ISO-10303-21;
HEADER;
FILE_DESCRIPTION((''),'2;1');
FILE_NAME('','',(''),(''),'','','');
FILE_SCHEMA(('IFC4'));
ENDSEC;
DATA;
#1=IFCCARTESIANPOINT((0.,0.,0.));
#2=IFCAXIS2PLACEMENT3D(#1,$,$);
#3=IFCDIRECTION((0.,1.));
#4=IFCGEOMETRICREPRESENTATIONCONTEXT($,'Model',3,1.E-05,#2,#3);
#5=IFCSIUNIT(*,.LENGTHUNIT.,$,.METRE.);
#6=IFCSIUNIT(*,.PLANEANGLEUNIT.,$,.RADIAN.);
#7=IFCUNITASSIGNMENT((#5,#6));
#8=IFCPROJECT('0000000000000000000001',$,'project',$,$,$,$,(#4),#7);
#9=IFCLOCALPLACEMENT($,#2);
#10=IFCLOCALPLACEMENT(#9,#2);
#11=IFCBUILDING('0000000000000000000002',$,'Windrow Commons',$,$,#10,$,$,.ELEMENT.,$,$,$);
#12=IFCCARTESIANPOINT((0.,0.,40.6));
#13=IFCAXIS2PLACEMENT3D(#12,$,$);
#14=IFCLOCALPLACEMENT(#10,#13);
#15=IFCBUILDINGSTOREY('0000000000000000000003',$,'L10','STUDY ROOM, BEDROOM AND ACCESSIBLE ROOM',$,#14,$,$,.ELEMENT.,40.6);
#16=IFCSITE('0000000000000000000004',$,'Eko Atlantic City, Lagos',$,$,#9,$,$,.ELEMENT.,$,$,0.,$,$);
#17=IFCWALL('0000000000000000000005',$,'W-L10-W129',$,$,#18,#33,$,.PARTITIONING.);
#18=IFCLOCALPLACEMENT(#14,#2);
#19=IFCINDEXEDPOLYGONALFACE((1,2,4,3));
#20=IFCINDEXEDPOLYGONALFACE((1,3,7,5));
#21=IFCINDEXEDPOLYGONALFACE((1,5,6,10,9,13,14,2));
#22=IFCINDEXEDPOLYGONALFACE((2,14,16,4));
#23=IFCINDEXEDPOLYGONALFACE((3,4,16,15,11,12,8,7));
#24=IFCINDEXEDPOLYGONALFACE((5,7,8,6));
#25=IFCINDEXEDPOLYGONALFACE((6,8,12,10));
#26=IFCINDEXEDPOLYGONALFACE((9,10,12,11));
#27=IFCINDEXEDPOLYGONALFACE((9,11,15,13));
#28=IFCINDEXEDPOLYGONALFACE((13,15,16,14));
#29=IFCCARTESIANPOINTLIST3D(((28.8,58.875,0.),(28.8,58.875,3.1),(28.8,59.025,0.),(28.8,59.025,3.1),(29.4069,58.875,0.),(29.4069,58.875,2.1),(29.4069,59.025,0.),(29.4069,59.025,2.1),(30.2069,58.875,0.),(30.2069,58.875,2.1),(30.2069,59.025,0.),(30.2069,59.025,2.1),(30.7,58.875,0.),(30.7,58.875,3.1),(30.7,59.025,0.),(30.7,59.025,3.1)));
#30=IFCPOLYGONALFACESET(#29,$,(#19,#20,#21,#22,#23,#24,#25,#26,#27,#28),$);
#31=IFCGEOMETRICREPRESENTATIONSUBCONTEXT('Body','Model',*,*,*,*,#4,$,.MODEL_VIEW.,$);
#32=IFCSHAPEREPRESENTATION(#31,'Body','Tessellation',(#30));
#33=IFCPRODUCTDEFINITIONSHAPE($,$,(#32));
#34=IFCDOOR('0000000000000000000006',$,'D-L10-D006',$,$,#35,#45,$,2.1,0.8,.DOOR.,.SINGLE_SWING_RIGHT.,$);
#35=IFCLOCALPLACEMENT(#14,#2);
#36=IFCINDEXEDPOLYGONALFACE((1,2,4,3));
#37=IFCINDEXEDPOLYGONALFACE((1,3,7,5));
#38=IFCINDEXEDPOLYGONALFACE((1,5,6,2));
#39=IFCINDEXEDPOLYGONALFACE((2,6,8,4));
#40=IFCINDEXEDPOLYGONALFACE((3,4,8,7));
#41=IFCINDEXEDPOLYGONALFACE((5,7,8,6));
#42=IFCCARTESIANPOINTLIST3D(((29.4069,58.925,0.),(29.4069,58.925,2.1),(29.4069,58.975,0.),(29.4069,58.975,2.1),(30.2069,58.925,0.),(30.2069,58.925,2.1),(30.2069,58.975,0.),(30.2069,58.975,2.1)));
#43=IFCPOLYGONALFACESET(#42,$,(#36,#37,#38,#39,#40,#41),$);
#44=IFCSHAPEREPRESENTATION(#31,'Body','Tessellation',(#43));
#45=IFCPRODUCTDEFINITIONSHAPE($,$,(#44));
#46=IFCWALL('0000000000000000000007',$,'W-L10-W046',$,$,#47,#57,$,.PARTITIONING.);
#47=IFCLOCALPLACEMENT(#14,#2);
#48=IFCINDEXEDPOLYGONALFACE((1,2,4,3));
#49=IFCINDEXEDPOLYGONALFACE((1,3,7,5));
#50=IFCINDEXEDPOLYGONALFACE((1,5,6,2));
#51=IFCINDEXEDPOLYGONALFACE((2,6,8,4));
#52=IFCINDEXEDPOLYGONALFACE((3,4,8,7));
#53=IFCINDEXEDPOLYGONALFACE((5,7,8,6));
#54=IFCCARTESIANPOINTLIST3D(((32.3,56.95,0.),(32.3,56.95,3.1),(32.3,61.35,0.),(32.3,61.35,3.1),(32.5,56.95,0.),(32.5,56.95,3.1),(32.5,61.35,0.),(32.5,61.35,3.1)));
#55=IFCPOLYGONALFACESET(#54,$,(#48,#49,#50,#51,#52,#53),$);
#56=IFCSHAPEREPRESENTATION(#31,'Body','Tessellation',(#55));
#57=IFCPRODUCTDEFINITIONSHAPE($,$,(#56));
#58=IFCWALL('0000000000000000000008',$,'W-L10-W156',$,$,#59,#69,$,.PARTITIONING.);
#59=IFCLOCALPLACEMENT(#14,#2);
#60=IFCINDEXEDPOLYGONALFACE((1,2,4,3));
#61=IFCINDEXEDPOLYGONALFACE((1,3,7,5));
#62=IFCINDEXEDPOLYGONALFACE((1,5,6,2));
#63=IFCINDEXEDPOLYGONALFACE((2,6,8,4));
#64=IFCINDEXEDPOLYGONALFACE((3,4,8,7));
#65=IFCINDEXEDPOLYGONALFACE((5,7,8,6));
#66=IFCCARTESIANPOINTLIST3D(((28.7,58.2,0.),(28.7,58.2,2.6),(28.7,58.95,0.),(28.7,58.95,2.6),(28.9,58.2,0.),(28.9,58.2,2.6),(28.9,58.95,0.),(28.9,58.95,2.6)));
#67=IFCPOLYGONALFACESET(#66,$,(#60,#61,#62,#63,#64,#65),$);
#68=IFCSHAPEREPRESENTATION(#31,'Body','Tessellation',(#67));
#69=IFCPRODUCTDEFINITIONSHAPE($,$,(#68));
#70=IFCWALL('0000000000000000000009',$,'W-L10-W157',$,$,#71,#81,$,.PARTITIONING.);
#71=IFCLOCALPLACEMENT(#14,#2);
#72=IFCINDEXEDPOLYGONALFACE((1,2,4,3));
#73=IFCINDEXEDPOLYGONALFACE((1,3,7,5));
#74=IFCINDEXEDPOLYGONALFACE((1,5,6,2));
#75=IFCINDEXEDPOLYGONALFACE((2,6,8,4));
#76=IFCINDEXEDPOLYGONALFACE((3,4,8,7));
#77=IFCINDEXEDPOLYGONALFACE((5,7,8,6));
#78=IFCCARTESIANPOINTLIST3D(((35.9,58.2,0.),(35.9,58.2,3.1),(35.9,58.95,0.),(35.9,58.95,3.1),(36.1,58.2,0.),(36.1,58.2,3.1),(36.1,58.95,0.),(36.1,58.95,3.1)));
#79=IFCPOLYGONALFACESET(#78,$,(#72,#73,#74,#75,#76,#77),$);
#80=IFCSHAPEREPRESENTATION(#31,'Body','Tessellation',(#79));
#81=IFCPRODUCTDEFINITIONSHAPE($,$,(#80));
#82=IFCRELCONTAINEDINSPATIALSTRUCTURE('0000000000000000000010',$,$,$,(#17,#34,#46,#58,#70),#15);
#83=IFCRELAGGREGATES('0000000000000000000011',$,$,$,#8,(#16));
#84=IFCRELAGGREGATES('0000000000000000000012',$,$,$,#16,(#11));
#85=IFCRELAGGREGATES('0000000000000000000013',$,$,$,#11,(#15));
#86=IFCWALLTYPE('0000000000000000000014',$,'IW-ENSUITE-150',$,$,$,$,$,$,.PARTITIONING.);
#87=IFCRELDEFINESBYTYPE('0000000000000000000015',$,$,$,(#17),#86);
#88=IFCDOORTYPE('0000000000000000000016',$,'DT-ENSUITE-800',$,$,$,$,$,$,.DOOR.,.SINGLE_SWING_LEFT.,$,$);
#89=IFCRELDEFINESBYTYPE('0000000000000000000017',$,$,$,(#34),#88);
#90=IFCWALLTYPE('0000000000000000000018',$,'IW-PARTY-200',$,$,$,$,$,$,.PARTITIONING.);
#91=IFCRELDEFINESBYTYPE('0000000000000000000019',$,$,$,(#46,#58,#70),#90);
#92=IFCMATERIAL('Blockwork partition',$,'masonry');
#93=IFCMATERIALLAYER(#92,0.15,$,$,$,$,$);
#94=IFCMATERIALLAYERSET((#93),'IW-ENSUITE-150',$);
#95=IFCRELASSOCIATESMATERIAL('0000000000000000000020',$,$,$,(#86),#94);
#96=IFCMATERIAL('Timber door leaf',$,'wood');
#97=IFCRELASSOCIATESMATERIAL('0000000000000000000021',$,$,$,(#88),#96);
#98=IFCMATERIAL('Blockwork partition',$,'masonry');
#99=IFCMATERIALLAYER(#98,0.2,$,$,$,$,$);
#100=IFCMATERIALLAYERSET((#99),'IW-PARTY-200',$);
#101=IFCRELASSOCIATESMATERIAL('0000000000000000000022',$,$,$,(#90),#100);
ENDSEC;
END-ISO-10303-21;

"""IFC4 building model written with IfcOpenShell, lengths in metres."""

from ifc_helpers import new_model, si_unit, direction, frame, frame_2d, origin, place, context, subcontext, project, spatial, rectangle, extrude, material, layer, layer_set, type_object, element, fill, save


model = new_model("IFC4")

# Units and contexts
model_context = context("Model", 3, precision=1e-05, world=origin(), true_north=direction((0.0, 1.0)))
body_context = subcontext(model_context, "Body", "Model", "MODEL_VIEW")
ifc_project = project(units=[si_unit("LENGTHUNIT", "METRE"), si_unit("PLANEANGLEUNIT", "RADIAN")], contexts=[model_context])

# Site, building, storey
site_placement = place(None, origin())
site = spatial("IfcSite", under=ifc_project, at=site_placement, Name="Eko Atlantic City, Lagos", CompositionType="ELEMENT", RefElevation=0.0)
building_placement = place(site_placement, origin())
building = spatial("IfcBuilding", under=site, at=building_placement, Name="Windrow Commons", CompositionType="ELEMENT")
storey_placement = place(building_placement, frame((0.0, 0.0, 40.6)))
storey = spatial("IfcBuildingStorey", under=building, at=storey_placement, Name="L10", Description="STUDY ROOM, BEDROOM AND ACCESSIBLE ROOM", CompositionType="ELEMENT", Elevation=40.6)

# Shared definitions
ifc_material_1 = material(Name="Blockwork partition", Category="masonry")
ifc_layer_1 = layer(ifc_material_1, 0.15)
ifc_layer_set_1 = layer_set([ifc_layer_1], Name="IW-ENSUITE-150")
wall_type_1 = type_object("IfcWallType", Name="IW-ENSUITE-150", PredefinedType="PARTITIONING", material=ifc_layer_set_1)

# Wall, opening, door
wall_1_placement = place(storey_placement, frame((28.8, 58.95, 0.0), z_axis=(0.0, 0.0, 1.0), x_axis=(1.0, 0.0, 0.0)))
wall_1 = element("IfcWall", 1, at=wall_1_placement, inside=storey, type_object=wall_type_1, Name="W-L10-W129", PredefinedType="PARTITIONING", context=body_context, shape_type="SweptSolid", body=[
    extrude(rectangle(XDim=1.9, YDim=0.15, at=frame_2d((0.95, 0.0))), origin(), (0.0, 0.0, 1.0), 3.1),
])
opening_1_placement = place(wall_1_placement, frame((0.6069, 0.0, 0.0)))
opening_1 = element("IfcOpeningElement", 2, at=opening_1_placement, cuts=wall_1, PredefinedType="OPENING", context=body_context, shape_type="SweptSolid", body=[
    extrude(rectangle(XDim=0.8, YDim=2.1, at=frame_2d((0.4, 1.05))), frame((0.0, 0.085, 0.0), z_axis=(0.0, -1.0, 0.0), x_axis=(1.0, 0.0, 0.0)), (0.0, 0.0, 1.0), 0.17),
])
ifc_material_2 = material(Name="Timber door leaf", Category="wood")
door_type_1 = type_object("IfcDoorType", Name="DT-ENSUITE-800", OperationType="SINGLE_SWING_LEFT", PredefinedType="DOOR", material=ifc_material_2)
door_1_placement = place(opening_1_placement, origin())
door_1 = element("IfcDoor", 3, at=door_1_placement, inside=storey, type_object=door_type_1, Name="D-L10-D006", OperationType="SINGLE_SWING_RIGHT", OverallHeight=2.1, OverallWidth=0.8, PredefinedType="DOOR", context=body_context, shape_type="SweptSolid", body=[
    extrude(rectangle(XDim=0.8, YDim=2.1, at=frame_2d((0.4, 1.05))), frame((0.0, 0.025, 0.0), z_axis=(0.0, -1.0, 0.0), x_axis=(1.0, 0.0, 0.0)), (0.0, 0.0, 1.0), 0.05),
])
fill(opening_1, door_1)

# Walls
ifc_material_3 = material(Name="Blockwork partition", Category="masonry")
ifc_layer_2 = layer(ifc_material_3, 0.2)
ifc_layer_set_2 = layer_set([ifc_layer_2], Name="IW-PARTY-200")
wall_type_2 = type_object("IfcWallType", Name="IW-PARTY-200", PredefinedType="PARTITIONING", material=ifc_layer_set_2)
wall_2_placement = place(storey_placement, frame((32.4, 56.95, 0.0), z_axis=(0.0, 0.0, 1.0), x_axis=(0.0, 1.0, 0.0)))
element("IfcWall", 4, at=wall_2_placement, inside=storey, type_object=wall_type_2, Name="W-L10-W046", PredefinedType="PARTITIONING", context=body_context, shape_type="SweptSolid", body=[
    extrude(rectangle(XDim=4.4, YDim=0.2, at=frame_2d((2.2, 0.0))), origin(), (0.0, 0.0, 1.0), 3.1),
])
wall_3_placement = place(storey_placement, frame((28.8, 58.2, 0.0), z_axis=(0.0, 0.0, 1.0), x_axis=(0.0, 1.0, 0.0)))
element("IfcWall", 5, at=wall_3_placement, inside=storey, type_object=wall_type_2, Name="W-L10-W156", PredefinedType="PARTITIONING", context=body_context, shape_type="SweptSolid", body=[
    extrude(rectangle(XDim=0.75, YDim=0.2, at=frame_2d((0.375, 0.0))), origin(), (0.0, 0.0, 1.0), 2.6),
])
wall_4_placement = place(storey_placement, frame((36.0, 58.2, 0.0), z_axis=(0.0, 0.0, 1.0), x_axis=(0.0, 1.0, 0.0)))
element("IfcWall", 6, at=wall_4_placement, inside=storey, type_object=wall_type_2, Name="W-L10-W157", PredefinedType="PARTITIONING", context=body_context, shape_type="SweptSolid", body=[
    extrude(rectangle(XDim=0.75, YDim=0.2, at=frame_2d((0.375, 0.0))), origin(), (0.0, 0.0, 1.0), 3.1),
])

save(model, "model.ifc")
